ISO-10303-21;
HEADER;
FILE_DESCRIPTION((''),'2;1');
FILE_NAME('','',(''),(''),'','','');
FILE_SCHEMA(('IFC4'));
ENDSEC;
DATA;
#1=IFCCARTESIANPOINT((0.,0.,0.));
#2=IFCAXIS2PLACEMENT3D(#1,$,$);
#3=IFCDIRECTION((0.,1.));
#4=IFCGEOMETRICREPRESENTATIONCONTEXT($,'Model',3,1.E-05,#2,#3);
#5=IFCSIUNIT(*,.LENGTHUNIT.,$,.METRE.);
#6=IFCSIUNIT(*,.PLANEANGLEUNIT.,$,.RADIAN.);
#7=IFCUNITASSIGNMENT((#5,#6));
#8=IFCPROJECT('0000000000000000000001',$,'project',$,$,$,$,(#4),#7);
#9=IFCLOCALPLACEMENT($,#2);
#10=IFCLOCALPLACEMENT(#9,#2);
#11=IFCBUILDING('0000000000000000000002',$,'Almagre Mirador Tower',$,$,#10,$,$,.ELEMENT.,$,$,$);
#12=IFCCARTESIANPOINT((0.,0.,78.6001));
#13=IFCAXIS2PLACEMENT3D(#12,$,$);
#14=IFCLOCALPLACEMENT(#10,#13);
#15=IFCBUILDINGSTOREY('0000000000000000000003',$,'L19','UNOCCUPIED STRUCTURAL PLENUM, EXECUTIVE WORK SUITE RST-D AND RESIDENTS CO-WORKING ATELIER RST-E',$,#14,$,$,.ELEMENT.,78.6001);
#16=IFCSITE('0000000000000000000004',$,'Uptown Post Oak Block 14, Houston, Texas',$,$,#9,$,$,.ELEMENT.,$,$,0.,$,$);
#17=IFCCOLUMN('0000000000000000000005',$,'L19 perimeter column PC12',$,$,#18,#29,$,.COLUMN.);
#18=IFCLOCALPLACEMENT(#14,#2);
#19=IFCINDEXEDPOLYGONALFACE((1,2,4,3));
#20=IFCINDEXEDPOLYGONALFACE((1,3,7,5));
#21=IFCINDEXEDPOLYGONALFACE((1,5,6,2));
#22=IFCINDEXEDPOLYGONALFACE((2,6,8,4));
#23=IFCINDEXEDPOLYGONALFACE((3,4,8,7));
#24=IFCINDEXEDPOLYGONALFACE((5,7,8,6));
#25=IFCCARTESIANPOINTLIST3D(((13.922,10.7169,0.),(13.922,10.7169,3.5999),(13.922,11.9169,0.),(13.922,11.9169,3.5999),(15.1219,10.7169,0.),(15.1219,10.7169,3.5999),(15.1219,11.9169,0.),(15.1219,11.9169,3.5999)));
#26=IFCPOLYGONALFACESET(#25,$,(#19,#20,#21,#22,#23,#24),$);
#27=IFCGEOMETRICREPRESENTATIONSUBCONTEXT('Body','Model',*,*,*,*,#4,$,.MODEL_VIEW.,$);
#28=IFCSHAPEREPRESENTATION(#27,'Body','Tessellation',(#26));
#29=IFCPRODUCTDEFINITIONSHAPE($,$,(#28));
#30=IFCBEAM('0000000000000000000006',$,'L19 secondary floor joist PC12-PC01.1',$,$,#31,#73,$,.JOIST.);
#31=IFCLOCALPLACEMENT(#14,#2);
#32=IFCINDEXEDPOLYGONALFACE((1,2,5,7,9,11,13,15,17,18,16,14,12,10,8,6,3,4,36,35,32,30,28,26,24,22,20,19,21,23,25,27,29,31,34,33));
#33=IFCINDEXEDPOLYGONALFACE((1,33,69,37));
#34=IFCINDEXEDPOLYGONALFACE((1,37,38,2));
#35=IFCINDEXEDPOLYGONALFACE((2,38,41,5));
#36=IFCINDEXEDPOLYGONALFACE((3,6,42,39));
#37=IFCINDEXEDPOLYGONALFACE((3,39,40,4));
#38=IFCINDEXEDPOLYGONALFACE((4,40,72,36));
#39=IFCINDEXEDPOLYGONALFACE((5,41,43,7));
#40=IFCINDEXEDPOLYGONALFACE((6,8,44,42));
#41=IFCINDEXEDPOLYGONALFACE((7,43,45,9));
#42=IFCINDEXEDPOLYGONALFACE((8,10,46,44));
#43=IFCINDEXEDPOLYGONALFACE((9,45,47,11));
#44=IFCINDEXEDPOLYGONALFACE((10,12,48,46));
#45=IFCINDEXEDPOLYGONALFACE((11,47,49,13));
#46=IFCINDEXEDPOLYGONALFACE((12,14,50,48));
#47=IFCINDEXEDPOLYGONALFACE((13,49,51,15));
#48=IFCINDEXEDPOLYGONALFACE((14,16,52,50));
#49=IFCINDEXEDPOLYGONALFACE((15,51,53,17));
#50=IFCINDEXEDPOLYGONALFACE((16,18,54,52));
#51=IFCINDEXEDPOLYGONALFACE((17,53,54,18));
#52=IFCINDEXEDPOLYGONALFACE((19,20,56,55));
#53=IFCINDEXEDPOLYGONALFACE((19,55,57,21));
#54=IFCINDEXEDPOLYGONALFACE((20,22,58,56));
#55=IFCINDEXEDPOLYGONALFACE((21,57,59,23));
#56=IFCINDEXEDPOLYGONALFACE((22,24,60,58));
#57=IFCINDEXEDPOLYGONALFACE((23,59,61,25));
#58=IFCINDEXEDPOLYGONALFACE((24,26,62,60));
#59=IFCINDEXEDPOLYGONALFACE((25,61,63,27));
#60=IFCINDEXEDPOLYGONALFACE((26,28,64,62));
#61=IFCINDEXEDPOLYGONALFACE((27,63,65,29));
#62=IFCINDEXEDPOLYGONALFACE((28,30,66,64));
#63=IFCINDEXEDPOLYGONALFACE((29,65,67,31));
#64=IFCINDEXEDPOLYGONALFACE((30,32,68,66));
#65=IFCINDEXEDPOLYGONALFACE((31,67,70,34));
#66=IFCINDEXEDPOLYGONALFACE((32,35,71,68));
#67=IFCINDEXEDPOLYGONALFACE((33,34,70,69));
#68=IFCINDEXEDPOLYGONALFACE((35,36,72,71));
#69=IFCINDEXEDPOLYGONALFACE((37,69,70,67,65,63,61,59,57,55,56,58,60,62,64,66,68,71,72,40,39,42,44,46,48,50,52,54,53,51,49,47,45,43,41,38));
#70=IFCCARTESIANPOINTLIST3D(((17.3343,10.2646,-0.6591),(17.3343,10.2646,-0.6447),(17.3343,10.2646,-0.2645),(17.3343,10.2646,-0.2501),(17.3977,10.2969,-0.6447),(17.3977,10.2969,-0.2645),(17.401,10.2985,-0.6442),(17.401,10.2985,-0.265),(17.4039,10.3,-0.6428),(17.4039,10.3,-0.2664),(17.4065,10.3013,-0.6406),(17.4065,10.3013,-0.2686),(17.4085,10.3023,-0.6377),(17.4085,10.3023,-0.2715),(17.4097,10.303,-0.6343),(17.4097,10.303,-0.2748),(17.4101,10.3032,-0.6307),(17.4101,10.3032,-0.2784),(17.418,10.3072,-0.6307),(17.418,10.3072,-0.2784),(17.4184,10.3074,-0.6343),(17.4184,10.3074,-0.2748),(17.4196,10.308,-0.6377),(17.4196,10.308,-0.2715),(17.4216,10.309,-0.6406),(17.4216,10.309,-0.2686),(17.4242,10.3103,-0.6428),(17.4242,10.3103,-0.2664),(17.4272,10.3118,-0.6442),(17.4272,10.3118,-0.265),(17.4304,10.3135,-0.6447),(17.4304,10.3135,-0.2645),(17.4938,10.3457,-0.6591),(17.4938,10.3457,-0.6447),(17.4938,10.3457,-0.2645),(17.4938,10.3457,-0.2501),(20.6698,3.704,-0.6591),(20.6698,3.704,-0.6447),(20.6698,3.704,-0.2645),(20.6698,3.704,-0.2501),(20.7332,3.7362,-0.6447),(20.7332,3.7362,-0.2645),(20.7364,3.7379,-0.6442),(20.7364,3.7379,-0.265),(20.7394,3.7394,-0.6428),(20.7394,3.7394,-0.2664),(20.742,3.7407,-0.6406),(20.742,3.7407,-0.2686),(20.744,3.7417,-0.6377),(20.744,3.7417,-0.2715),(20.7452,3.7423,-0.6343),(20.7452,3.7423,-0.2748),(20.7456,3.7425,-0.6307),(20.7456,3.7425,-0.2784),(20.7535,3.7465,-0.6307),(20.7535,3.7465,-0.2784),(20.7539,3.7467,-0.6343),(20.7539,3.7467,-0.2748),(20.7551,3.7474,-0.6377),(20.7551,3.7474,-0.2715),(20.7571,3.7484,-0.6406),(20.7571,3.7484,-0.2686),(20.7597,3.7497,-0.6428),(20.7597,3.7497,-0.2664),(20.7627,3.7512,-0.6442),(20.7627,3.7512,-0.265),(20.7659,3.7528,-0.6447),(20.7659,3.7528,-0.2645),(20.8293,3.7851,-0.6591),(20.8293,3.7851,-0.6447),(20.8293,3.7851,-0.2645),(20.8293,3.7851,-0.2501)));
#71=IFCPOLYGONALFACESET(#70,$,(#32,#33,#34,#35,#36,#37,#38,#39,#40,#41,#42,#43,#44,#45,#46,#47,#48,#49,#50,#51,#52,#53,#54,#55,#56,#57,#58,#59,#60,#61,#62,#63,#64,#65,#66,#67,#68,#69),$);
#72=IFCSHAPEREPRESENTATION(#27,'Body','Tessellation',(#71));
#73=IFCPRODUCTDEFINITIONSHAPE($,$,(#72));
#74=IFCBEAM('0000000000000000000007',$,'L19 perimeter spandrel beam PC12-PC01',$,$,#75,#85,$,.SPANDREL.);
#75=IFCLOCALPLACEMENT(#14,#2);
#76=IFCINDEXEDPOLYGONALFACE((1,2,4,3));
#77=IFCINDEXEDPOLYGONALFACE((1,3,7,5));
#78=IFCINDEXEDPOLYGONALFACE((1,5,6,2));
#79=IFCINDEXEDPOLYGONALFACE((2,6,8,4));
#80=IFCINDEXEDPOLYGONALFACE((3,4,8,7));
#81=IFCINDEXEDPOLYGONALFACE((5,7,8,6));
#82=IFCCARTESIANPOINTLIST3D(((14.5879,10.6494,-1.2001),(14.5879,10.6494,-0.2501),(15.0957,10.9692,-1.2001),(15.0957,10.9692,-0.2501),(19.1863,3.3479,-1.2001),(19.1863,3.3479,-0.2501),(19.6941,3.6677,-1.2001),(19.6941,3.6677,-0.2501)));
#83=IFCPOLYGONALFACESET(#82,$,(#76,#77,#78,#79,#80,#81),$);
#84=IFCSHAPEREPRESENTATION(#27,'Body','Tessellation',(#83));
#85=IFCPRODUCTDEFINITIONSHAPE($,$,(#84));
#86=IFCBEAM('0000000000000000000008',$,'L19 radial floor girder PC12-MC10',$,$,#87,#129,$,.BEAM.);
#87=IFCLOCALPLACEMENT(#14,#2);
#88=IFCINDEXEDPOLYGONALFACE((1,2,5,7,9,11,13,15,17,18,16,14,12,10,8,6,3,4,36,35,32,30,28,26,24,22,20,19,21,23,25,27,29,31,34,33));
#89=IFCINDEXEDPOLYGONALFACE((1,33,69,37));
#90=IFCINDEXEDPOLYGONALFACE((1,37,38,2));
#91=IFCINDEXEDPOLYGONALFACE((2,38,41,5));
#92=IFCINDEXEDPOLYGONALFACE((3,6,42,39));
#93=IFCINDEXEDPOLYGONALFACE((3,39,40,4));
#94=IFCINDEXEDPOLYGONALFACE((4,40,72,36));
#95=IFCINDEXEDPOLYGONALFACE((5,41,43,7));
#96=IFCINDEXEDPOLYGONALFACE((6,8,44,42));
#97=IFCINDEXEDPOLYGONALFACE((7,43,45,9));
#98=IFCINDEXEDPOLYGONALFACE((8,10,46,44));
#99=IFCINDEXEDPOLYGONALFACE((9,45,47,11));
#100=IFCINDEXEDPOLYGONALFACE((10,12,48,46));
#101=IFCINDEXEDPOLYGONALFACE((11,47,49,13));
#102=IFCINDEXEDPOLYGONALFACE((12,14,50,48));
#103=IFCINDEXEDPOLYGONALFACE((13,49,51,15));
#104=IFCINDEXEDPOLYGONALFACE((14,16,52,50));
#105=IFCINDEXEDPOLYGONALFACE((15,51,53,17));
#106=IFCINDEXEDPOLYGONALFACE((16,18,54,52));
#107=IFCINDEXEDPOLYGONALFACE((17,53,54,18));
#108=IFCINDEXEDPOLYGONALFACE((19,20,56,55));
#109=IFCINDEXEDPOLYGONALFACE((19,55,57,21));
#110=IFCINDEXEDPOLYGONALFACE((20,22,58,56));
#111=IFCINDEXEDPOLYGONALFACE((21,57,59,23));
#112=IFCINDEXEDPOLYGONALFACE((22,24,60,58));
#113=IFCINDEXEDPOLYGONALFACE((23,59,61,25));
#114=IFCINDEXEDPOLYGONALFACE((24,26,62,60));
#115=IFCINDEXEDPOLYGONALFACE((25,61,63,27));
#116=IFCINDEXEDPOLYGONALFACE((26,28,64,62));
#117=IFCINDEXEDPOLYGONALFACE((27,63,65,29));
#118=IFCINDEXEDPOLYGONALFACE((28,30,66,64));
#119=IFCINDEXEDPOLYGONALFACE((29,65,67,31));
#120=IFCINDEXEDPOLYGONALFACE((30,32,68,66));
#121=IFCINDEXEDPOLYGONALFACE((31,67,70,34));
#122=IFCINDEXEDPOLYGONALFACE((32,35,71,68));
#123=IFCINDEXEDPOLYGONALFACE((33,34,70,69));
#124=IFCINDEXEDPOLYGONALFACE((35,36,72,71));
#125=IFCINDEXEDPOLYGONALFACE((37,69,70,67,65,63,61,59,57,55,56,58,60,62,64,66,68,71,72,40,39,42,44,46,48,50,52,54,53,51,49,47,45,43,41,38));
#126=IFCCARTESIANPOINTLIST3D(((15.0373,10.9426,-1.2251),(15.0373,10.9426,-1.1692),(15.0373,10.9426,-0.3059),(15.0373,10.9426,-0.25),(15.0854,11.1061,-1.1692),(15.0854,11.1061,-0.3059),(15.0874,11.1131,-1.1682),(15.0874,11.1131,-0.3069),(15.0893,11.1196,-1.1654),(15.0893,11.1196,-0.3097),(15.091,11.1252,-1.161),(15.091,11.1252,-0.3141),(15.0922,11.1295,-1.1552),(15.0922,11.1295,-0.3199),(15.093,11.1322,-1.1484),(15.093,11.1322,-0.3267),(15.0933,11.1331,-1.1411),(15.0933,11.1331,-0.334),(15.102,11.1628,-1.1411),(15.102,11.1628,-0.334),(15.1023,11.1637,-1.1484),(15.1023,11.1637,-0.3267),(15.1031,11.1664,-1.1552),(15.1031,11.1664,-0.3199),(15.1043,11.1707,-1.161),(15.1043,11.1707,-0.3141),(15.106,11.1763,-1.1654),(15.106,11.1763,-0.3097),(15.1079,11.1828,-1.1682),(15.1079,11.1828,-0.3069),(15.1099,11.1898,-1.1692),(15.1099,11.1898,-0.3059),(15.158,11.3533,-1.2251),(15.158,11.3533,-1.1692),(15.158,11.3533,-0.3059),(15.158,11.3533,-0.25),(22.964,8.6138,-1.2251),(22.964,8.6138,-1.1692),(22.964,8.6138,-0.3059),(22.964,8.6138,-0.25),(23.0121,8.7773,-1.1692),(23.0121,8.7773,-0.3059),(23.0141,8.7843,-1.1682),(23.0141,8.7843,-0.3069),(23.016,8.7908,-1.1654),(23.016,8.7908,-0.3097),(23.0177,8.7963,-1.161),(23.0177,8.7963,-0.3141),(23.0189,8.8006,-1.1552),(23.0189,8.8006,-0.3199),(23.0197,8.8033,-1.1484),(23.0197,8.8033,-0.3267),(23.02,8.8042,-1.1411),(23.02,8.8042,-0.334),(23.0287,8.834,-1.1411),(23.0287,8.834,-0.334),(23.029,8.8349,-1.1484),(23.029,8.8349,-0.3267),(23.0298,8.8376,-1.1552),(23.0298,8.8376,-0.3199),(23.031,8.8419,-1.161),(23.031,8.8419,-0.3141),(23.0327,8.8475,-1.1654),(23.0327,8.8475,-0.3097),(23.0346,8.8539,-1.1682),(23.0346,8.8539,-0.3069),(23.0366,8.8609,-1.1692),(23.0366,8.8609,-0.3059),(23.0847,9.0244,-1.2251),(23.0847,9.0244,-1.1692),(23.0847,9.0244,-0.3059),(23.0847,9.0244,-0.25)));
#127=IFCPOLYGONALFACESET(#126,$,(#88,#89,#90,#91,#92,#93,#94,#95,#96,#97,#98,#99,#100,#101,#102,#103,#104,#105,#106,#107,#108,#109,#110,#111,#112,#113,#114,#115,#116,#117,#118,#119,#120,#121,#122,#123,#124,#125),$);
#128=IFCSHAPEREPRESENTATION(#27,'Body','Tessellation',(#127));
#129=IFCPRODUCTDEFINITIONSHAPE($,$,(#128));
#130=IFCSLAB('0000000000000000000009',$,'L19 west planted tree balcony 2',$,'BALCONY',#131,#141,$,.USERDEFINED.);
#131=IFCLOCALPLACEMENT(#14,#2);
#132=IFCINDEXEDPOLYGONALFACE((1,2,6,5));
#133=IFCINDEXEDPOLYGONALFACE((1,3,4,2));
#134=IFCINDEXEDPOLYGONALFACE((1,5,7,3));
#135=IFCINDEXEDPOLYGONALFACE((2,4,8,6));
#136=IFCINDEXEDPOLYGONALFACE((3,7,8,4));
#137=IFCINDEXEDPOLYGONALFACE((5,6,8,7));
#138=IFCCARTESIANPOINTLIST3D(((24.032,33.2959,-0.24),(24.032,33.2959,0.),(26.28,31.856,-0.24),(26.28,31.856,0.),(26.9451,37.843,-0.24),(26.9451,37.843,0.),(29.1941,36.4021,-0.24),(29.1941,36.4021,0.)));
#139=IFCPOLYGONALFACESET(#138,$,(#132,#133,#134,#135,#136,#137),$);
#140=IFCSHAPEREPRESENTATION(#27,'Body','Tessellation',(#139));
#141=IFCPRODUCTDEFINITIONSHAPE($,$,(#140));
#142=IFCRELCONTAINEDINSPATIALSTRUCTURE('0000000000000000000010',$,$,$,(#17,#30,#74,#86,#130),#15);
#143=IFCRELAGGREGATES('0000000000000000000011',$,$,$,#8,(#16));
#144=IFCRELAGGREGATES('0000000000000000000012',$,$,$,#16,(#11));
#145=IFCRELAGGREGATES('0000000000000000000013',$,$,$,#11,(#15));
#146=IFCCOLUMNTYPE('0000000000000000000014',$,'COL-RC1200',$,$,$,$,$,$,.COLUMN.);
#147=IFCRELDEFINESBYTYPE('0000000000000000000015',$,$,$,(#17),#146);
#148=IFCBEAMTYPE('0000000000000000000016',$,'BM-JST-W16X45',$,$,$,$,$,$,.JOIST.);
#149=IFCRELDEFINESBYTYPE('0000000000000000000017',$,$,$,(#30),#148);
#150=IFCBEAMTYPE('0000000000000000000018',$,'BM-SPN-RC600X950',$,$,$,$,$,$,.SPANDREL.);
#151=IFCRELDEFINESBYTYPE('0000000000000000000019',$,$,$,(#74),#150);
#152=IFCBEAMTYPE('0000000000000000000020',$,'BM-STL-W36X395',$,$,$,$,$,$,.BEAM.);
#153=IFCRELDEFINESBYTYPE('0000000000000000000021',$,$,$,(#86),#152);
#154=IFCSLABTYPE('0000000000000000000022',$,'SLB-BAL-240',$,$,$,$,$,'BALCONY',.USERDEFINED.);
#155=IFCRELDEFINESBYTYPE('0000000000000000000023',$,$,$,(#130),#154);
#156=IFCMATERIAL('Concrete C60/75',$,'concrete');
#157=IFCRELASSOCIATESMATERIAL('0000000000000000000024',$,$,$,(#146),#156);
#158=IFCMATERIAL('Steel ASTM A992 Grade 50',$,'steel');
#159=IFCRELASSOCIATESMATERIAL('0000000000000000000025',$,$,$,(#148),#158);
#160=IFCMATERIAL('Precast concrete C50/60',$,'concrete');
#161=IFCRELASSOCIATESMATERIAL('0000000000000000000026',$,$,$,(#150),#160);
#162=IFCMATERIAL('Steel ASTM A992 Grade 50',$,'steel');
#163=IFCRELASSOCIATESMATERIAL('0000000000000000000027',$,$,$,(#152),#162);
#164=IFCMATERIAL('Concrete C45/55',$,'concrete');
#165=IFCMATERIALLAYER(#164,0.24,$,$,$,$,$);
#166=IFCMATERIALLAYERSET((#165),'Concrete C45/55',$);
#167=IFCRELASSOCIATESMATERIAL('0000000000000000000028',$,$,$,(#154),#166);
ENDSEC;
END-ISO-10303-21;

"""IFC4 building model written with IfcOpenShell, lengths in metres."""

from ifc_helpers import new_model, si_unit, direction, frame, origin, origin_2d, place, context, subcontext, project, spatial, polyline, rectangle, i_section, outline, extrude, material, layer, layer_set, material_profile, profile_set, type_object, element, save


model = new_model("IFC4")

# Units and contexts
model_context = context("Model", 3, precision=1e-05, world=origin(), true_north=direction((0.0, 1.0)))
body_context = subcontext(model_context, "Body", "Model", "MODEL_VIEW")
ifc_project = project(units=[si_unit("LENGTHUNIT", "METRE"), si_unit("PLANEANGLEUNIT", "RADIAN")], contexts=[model_context])

# Site, building, storey
site_placement = place(None, origin())
site = spatial("IfcSite", under=ifc_project, at=site_placement, Name="Uptown Post Oak Block 14, Houston, Texas", CompositionType="ELEMENT", RefElevation=0.0)
building_placement = place(site_placement, origin())
building = spatial("IfcBuilding", under=site, at=building_placement, Name="Almagre Mirador Tower", CompositionType="ELEMENT")
storey_placement = place(building_placement, frame((0.0, 0.0, 78.6001)))
storey = spatial("IfcBuildingStorey", under=building, at=storey_placement, Name="L19", Description="UNOCCUPIED STRUCTURAL PLENUM, EXECUTIVE WORK SUITE RST-D AND RESIDENTS CO-WORKING ATELIER RST-E", CompositionType="ELEMENT", Elevation=78.6001)

# Column
ifc_material_1 = material(Name="Concrete C60/75", Category="concrete")
ifc_material_profile_1 = material_profile(ifc_material_1, rectangle(XDim=1.2, YDim=1.2, at=origin_2d()), Name="RC1200X1200")
ifc_profile_set_1 = profile_set([ifc_material_profile_1], Name="Concrete C60/75")
column_type = type_object("IfcColumnType", Name="COL-RC1200", PredefinedType="COLUMN", material=ifc_profile_set_1)
column_placement = place(storey_placement, frame((14.522, 11.3169, 0.0), z_axis=(0.0, 0.0, 1.0), x_axis=(1.0, 0.0, 0.0)))
element("IfcColumn", 1, at=column_placement, inside=storey, type_object=column_type, Name="L19 perimeter column PC12", PredefinedType="COLUMN", context=body_context, shape_type="SweptSolid", body=[
    extrude(rectangle(XDim=1.2, YDim=1.2, at=origin_2d()), origin(), (0.0, 0.0, 1.0), 3.5999),
])

# Beams
ifc_material_2 = material(Name="Steel ASTM A992 Grade 50", Category="steel")
ifc_material_profile_2 = material_profile(ifc_material_2, i_section(OverallWidth=0.179, OverallDepth=0.4089, WebThickness=0.0088, FlangeThickness=0.0144, FilletRadius=0.0139, at=origin_2d()), Name="W16X45")
ifc_profile_set_2 = profile_set([ifc_material_profile_2], Name="Steel ASTM A992 Grade 50")
beam_type_1 = type_object("IfcBeamType", Name="BM-JST-W16X45", PredefinedType="JOIST", material=ifc_profile_set_2)
beam_1_placement = place(storey_placement, frame((17.4141, 10.3052, -0.4546), z_axis=(0.453201, -0.891408, 0.0), x_axis=(0.891408, 0.453201, 0.0)))
element("IfcBeam", 2, at=beam_1_placement, inside=storey, type_object=beam_type_1, Name="L19 secondary floor joist PC12-PC01.1", PredefinedType="JOIST", context=body_context, shape_type="SweptSolid", body=[
    extrude(i_section(OverallWidth=0.179, OverallDepth=0.4089, WebThickness=0.0088, FlangeThickness=0.0144, FilletRadius=0.0139, at=origin_2d()), origin(), (0.0, 0.0, 1.0), 7.3599),
])
ifc_material_3 = material(Name="Precast concrete C50/60", Category="concrete")
ifc_material_profile_3 = material_profile(ifc_material_3, rectangle(XDim=0.6001, YDim=0.95, at=origin_2d()), Name="RC600X950")
ifc_profile_set_3 = profile_set([ifc_material_profile_3], Name="Precast concrete C50/60")
beam_type_2 = type_object("IfcBeamType", Name="BM-SPN-RC600X950", PredefinedType="SPANDREL", material=ifc_profile_set_3)
beam_2_placement = place(storey_placement, frame((14.8418, 10.8093, -0.7251), z_axis=(0.532908, -0.846173, 0.0), x_axis=(0.846173, 0.532908, 0.0)))
element("IfcBeam", 3, at=beam_2_placement, inside=storey, type_object=beam_type_2, Name="L19 perimeter spandrel beam PC12-PC01", PredefinedType="SPANDREL", context=body_context, shape_type="SweptSolid", body=[
    extrude(rectangle(XDim=0.6001, YDim=0.95, at=origin_2d()), origin(), (0.0, 0.0, 1.0), 8.6289),
])
ifc_material_4 = material(Name="Steel ASTM A992 Grade 50", Category="steel")
ifc_material_profile_4 = material_profile(ifc_material_4, i_section(OverallWidth=0.428, OverallDepth=0.9751, WebThickness=0.031, FlangeThickness=0.0559, FilletRadius=0.0281, at=origin_2d()), Name="W36X395")
ifc_profile_set_4 = profile_set([ifc_material_profile_4], Name="Steel ASTM A992 Grade 50")
beam_type_3 = type_object("IfcBeamType", Name="BM-STL-W36X395", PredefinedType="BEAM", material=ifc_profile_set_4)
beam_3_placement = place(storey_placement, frame((15.0977, 11.1479, -0.7375), z_axis=(0.959449, -0.281883, 0.0), x_axis=(0.281883, 0.959449, 0.0)))
element("IfcBeam", 4, at=beam_3_placement, inside=storey, type_object=beam_type_3, Name="L19 radial floor girder PC12-MC10", PredefinedType="BEAM", context=body_context, shape_type="SweptSolid", body=[
    extrude(i_section(OverallWidth=0.428, OverallDepth=0.9751, WebThickness=0.031, FlangeThickness=0.0559, FilletRadius=0.0281, at=origin_2d()), origin(), (0.0, 0.0, 1.0), 8.2617),
])

# Slab
ifc_material_5 = material(Name="Concrete C45/55", Category="concrete")
ifc_layer_1 = layer(ifc_material_5, 0.24)
ifc_layer_set_1 = layer_set([ifc_layer_1], Name="Concrete C45/55")
slab_type_1 = type_object("IfcSlabType", Name="SLB-BAL-240", ElementType="BALCONY", PredefinedType="USERDEFINED", material=ifc_layer_set_1)
slab_1_placement = place(storey_placement, frame((0.0, 0.0, -0.24)))
element("IfcSlab", 5, at=slab_1_placement, inside=storey, type_object=slab_type_1, Name="L19 west planted tree balcony 2", ObjectType="BALCONY", PredefinedType="USERDEFINED", context=body_context, shape_type="SweptSolid", body=[
    extrude(outline(polyline([(29.1941, 36.4021), (26.28, 31.856), (24.032, 33.2959), (26.9451, 37.843), (29.1941, 36.4021)])), origin(), (0.0, 0.0, 1.0), 0.24),
])

save(model, "model.ifc")
